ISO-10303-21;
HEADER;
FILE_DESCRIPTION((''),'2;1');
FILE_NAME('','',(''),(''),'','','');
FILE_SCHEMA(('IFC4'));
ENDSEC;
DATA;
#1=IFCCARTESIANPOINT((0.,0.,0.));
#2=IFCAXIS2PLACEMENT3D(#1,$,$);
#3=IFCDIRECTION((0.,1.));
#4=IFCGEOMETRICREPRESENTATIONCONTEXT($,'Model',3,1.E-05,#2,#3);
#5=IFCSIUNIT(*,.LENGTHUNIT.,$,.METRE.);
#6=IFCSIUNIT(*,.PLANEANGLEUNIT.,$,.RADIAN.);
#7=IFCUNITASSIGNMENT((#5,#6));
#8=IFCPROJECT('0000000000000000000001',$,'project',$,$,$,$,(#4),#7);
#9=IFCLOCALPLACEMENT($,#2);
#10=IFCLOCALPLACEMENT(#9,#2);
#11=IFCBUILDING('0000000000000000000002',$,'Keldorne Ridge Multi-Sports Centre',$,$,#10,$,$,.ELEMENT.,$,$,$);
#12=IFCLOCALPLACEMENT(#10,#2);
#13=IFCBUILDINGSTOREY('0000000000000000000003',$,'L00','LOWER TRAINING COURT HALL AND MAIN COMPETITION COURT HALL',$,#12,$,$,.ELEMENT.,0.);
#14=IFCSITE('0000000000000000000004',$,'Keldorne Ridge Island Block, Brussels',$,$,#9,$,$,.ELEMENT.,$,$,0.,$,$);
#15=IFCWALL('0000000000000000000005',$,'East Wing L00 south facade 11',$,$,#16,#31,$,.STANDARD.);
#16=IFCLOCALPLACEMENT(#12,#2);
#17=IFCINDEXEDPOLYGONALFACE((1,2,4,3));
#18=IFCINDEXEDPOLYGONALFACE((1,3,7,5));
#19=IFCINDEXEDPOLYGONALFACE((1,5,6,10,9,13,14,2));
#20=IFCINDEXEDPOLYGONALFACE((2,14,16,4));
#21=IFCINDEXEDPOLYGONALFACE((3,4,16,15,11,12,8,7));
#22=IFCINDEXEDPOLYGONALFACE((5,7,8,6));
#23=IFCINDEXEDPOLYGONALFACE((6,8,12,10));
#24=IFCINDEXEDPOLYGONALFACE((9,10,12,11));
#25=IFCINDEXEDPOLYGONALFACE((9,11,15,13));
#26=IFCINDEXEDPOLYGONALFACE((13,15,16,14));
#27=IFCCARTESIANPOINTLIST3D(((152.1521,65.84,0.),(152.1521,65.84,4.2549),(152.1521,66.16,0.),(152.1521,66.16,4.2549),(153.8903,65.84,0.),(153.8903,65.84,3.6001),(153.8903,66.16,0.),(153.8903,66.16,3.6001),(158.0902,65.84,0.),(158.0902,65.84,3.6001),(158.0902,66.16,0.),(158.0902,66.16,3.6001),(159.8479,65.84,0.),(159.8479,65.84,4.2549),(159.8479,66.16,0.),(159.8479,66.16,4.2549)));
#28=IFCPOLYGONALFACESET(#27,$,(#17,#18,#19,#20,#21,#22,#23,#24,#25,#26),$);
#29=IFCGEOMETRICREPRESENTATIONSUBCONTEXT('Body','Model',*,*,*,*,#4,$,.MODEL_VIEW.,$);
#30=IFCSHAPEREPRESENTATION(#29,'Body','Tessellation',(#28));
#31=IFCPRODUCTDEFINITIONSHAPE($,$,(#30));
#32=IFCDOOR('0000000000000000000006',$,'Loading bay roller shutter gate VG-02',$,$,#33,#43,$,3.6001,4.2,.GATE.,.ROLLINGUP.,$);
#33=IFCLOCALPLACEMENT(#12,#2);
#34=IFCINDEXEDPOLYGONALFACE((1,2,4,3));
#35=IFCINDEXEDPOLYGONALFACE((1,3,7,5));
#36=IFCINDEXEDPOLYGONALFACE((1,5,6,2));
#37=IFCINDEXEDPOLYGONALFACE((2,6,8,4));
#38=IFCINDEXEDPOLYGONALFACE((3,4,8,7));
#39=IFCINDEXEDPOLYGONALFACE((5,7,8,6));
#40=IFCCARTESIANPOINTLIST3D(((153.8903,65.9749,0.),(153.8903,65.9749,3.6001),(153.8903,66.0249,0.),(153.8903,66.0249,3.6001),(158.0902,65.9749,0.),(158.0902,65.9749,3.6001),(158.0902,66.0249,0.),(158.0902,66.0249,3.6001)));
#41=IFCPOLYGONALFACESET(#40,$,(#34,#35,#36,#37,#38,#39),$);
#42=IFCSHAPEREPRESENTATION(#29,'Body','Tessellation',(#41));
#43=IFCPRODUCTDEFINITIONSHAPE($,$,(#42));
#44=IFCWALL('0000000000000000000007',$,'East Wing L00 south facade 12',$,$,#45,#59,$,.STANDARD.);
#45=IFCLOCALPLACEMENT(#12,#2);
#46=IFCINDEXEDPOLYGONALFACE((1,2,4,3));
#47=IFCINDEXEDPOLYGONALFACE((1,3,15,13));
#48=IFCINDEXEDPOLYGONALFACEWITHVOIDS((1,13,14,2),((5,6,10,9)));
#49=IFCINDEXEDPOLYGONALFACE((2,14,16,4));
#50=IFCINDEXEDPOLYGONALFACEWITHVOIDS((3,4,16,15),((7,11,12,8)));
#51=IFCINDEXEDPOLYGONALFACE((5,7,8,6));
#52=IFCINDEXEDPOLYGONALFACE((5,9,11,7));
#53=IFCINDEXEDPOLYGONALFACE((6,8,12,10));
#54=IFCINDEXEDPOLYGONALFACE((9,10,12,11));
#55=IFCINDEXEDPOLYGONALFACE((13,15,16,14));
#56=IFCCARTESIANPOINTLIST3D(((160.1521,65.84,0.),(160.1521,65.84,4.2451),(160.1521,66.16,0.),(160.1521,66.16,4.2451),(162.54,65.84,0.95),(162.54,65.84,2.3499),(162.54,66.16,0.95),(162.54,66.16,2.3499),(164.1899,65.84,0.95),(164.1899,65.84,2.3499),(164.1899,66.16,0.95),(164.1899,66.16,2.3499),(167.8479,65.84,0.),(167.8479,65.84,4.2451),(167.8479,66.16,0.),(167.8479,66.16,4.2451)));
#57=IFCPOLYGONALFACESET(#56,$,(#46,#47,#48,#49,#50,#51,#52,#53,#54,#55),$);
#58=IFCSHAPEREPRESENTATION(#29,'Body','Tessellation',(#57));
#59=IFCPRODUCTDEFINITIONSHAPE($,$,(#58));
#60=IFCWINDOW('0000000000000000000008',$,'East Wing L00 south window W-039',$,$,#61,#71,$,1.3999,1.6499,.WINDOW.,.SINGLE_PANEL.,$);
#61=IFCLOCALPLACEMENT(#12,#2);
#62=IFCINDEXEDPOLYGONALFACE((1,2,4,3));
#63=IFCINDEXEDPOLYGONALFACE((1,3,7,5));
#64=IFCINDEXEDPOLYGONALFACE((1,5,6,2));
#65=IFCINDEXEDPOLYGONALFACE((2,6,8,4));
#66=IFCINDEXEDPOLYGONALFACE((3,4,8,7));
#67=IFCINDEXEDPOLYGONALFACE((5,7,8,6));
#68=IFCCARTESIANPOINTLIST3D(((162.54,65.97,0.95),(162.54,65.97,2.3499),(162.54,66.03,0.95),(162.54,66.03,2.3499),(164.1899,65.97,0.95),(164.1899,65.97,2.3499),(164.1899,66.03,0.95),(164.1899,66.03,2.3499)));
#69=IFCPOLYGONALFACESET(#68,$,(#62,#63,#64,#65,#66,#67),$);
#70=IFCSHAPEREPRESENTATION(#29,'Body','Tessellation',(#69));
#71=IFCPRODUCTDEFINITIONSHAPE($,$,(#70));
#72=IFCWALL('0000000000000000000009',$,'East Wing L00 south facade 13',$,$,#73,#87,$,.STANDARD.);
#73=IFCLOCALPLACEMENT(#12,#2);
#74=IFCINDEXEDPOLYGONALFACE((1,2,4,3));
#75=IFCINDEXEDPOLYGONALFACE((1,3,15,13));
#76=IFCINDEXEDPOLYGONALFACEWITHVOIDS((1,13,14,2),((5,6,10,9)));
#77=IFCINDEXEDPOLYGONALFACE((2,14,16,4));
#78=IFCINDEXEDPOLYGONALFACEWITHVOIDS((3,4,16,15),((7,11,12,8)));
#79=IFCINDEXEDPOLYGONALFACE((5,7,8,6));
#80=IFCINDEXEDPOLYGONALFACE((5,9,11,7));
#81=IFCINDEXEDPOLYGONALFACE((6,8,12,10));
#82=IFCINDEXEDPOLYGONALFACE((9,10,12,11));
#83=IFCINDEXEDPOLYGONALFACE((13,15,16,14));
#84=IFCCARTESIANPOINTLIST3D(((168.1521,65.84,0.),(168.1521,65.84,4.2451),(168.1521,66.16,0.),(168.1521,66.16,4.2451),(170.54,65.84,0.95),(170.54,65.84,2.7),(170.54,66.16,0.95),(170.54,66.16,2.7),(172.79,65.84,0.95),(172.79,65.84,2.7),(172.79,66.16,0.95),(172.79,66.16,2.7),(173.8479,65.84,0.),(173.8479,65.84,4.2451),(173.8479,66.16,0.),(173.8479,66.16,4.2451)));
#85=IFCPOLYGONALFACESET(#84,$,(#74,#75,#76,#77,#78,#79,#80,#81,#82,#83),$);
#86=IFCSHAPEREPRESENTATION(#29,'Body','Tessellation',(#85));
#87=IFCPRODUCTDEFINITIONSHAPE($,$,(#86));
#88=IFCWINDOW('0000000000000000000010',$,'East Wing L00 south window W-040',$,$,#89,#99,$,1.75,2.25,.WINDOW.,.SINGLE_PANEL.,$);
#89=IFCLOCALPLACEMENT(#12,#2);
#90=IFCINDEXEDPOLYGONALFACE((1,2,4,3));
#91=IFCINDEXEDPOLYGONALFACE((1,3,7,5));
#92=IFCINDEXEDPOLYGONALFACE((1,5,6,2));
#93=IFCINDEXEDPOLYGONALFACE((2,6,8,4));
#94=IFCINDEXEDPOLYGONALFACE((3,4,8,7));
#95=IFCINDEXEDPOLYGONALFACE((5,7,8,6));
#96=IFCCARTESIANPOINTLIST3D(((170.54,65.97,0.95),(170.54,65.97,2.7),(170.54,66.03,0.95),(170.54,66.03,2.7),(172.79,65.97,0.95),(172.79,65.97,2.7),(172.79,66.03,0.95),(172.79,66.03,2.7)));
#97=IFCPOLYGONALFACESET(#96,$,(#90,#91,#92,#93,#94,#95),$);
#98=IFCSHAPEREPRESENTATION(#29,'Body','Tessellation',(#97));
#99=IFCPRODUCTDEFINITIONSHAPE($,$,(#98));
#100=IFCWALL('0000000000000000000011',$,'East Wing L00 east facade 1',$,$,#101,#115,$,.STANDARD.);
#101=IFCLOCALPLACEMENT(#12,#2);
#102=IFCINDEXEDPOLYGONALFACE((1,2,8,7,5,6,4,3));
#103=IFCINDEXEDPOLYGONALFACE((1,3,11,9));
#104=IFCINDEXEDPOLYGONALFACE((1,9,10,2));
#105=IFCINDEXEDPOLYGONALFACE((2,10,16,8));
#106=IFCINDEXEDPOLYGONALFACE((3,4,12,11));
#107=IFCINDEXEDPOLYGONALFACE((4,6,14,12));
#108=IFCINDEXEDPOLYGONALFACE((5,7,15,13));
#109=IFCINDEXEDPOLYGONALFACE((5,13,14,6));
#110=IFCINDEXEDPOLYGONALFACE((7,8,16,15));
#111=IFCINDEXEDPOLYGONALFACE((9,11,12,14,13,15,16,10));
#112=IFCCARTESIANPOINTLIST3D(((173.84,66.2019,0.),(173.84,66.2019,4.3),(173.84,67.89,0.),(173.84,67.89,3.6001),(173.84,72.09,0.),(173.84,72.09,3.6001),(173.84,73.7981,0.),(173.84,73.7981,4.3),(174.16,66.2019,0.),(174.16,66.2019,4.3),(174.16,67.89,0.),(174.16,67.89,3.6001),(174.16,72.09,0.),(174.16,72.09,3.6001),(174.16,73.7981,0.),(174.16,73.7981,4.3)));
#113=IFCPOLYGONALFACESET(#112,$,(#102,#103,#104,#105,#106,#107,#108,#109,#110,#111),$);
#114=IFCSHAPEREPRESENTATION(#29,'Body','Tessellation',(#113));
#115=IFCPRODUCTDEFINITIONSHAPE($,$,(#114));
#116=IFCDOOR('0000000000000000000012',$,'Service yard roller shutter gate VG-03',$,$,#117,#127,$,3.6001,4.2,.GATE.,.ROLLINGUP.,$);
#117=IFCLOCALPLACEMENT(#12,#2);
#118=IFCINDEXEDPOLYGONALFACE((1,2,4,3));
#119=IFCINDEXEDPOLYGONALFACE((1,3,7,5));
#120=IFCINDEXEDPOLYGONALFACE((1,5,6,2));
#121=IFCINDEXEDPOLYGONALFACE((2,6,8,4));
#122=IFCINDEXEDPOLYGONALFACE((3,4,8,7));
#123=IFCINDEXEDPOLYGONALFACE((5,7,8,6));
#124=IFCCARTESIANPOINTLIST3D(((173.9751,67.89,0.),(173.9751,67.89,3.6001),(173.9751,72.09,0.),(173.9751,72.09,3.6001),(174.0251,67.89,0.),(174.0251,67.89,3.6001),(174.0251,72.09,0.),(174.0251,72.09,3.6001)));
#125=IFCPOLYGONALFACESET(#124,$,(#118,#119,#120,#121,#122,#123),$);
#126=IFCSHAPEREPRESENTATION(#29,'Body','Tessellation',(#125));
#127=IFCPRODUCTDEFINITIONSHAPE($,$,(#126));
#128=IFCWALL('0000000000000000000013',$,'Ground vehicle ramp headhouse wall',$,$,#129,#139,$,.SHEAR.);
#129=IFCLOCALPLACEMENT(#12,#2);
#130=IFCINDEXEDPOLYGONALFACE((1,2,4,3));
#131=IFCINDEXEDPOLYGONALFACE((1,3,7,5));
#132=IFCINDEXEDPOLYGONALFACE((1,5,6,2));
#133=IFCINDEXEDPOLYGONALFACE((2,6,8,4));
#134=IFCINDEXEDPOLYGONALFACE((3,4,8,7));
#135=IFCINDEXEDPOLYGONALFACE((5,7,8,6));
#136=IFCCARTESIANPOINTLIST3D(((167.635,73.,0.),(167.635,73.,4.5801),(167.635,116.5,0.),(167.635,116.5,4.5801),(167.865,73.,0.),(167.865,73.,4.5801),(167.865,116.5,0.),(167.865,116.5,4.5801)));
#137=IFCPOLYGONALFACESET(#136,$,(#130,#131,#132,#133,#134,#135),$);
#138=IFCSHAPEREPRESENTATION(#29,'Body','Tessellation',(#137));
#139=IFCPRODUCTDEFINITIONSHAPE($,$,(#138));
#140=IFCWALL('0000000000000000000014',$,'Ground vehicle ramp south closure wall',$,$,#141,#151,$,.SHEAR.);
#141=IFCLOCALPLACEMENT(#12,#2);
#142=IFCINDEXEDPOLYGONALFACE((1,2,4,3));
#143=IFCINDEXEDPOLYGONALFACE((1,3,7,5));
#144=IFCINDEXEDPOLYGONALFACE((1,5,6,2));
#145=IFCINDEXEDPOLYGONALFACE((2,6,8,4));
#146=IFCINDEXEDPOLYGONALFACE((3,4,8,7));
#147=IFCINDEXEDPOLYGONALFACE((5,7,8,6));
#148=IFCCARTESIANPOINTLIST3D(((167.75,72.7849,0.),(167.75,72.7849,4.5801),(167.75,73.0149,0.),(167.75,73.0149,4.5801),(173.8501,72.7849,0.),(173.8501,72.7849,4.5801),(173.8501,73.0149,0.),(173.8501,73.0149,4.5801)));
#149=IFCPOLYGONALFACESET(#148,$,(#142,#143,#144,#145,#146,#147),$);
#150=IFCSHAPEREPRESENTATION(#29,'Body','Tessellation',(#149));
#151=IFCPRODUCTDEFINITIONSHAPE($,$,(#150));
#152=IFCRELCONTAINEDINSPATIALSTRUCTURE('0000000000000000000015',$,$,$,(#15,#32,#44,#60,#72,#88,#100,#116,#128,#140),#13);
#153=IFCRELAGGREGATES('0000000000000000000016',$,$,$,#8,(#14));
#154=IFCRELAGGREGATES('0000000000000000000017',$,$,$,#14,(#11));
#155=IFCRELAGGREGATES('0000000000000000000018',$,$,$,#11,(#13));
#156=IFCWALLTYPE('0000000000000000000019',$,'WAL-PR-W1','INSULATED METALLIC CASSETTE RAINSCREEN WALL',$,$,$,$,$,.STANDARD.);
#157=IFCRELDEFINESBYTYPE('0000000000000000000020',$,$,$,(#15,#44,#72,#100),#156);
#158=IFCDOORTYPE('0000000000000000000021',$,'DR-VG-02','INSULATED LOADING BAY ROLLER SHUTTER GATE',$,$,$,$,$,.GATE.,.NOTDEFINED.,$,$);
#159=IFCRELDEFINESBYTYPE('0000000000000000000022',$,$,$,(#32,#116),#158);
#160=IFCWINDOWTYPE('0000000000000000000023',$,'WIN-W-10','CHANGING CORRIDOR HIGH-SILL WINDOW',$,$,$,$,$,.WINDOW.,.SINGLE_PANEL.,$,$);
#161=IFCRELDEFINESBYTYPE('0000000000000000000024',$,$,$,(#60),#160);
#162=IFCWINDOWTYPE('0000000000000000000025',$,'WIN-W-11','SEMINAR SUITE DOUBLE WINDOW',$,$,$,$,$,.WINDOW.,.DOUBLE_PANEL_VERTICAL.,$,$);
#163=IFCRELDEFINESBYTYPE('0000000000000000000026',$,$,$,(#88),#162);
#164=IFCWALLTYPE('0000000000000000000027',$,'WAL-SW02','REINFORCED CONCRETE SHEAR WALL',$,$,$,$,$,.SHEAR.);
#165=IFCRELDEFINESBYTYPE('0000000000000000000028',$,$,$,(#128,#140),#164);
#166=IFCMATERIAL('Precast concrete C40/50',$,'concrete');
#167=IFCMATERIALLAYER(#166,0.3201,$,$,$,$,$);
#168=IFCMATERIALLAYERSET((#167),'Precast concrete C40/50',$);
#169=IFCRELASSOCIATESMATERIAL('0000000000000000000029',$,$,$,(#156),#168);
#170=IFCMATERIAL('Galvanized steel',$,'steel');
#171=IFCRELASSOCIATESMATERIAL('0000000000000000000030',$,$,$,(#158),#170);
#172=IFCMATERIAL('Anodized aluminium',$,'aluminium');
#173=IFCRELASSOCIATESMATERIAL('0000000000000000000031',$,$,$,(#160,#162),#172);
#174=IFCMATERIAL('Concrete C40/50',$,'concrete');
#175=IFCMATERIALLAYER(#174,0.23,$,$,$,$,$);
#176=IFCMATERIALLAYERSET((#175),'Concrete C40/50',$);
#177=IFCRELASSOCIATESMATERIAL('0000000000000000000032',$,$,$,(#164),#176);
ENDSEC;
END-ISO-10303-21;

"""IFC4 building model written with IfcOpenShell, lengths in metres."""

from ifc_helpers import new_model, si_unit, direction, frame, frame_2d, origin, place, context, subcontext, project, spatial, rectangle, extrude, material, layer, layer_set, type_object, element, fill, save


model = new_model("IFC4")

# Units and contexts
model_context = context("Model", 3, precision=1e-05, world=origin(), true_north=direction((0.0, 1.0)))
body_context = subcontext(model_context, "Body", "Model", "MODEL_VIEW")
ifc_project = project(units=[si_unit("LENGTHUNIT", "METRE"), si_unit("PLANEANGLEUNIT", "RADIAN")], contexts=[model_context])

# Site, building, storey
site_placement = place(None, origin())
site = spatial("IfcSite", under=ifc_project, at=site_placement, Name="Keldorne Ridge Island Block, Brussels", CompositionType="ELEMENT", RefElevation=0.0)
building_placement = place(site_placement, origin())
building = spatial("IfcBuilding", under=site, at=building_placement, Name="Keldorne Ridge Multi-Sports Centre", CompositionType="ELEMENT")
storey_placement = place(building_placement, origin())
storey = spatial("IfcBuildingStorey", under=building, at=storey_placement, Name="L00", Description="LOWER TRAINING COURT HALL AND MAIN COMPETITION COURT HALL", CompositionType="ELEMENT", Elevation=0.0)

# Wall, opening, door
ifc_material_1 = material(Name="Precast concrete C40/50", Category="concrete")
ifc_layer_1 = layer(ifc_material_1, 0.3201)
ifc_layer_set_1 = layer_set([ifc_layer_1], Name="Precast concrete C40/50")
wall_type_1 = type_object("IfcWallType", Name="WAL-PR-W1", Description="INSULATED METALLIC CASSETTE RAINSCREEN WALL", PredefinedType="STANDARD", material=ifc_layer_set_1)
wall_1_placement = place(storey_placement, frame((152.1521, 66.0, 0.0), z_axis=(0.0, 0.0, 1.0), x_axis=(1.0, 0.0, 0.0)))
wall_1 = element("IfcWall", 1, at=wall_1_placement, inside=storey, type_object=wall_type_1, Name="East Wing L00 south facade 11", PredefinedType="STANDARD", context=body_context, shape_type="SweptSolid", body=[
    extrude(rectangle(XDim=7.6958, YDim=0.3201, at=frame_2d((3.8479, 0.0))), origin(), (0.0, 0.0, 1.0), 4.2549),
])
opening_1_placement = place(wall_1_placement, frame((1.738, 0.0, 0.0)))
opening_1 = element("IfcOpeningElement", 2, at=opening_1_placement, cuts=wall_1, PredefinedType="OPENING", context=body_context, shape_type="SweptSolid", body=[
    extrude(rectangle(XDim=4.2, YDim=3.6001, at=frame_2d((2.1001, 1.8))), frame((0.0, 0.1699, 0.0), z_axis=(0.0, -1.0, 0.0), x_axis=(1.0, 0.0, 0.0)), (0.0, 0.0, 1.0), 0.3401),
])
ifc_material_2 = material(Name="Galvanized steel", Category="steel")
door_type = type_object("IfcDoorType", Name="DR-VG-02", Description="INSULATED LOADING BAY ROLLER SHUTTER GATE", OperationType="NOTDEFINED", PredefinedType="GATE", material=ifc_material_2)
door_1_placement = place(opening_1_placement, origin())
door_1 = element("IfcDoor", 3, at=door_1_placement, inside=storey, type_object=door_type, Name="Loading bay roller shutter gate VG-02", OperationType="ROLLINGUP", OverallHeight=3.6001, OverallWidth=4.2, PredefinedType="GATE", context=body_context, shape_type="SweptSolid", body=[
    extrude(rectangle(XDim=4.2, YDim=3.6001, at=frame_2d((2.1001, 1.8))), frame((0.0, 0.0249, 0.0), z_axis=(0.0, -1.0, 0.0), x_axis=(1.0, 0.0, 0.0)), (0.0, 0.0, 1.0), 0.05),
])
fill(opening_1, door_1)

# Walls, openings, windows
wall_2_placement = place(storey_placement, frame((160.1521, 66.0, 0.0), z_axis=(0.0, 0.0, 1.0), x_axis=(1.0, 0.0, 0.0)))
wall_2 = element("IfcWall", 4, at=wall_2_placement, inside=storey, type_object=wall_type_1, Name="East Wing L00 south facade 12", PredefinedType="STANDARD", context=body_context, shape_type="SweptSolid", body=[
    extrude(rectangle(XDim=7.6958, YDim=0.3201, at=frame_2d((3.8479, 0.0))), origin(), (0.0, 0.0, 1.0), 4.2451),
])
opening_2_placement = place(wall_2_placement, frame((2.3879, 0.0, 0.95)))
opening_2 = element("IfcOpeningElement", 5, at=opening_2_placement, cuts=wall_2, PredefinedType="OPENING", context=body_context, shape_type="SweptSolid", body=[
    extrude(rectangle(XDim=1.6499, YDim=1.3999, at=frame_2d((0.825, 0.7))), frame((0.0, 0.1699, 0.0), z_axis=(0.0, -1.0, 0.0), x_axis=(1.0, 0.0, 0.0)), (0.0, 0.0, 1.0), 0.3401),
])
ifc_material_3 = material(Name="Anodized aluminium", Category="aluminium")
window_type_1 = type_object("IfcWindowType", Name="WIN-W-10", Description="CHANGING CORRIDOR HIGH-SILL WINDOW", PartitioningType="SINGLE_PANEL", PredefinedType="WINDOW", material=ifc_material_3)
window_1_placement = place(opening_2_placement, origin())
window_1 = element("IfcWindow", 6, at=window_1_placement, inside=storey, type_object=window_type_1, Name="East Wing L00 south window W-039", OverallHeight=1.3999, OverallWidth=1.6499, PartitioningType="SINGLE_PANEL", PredefinedType="WINDOW", context=body_context, shape_type="SweptSolid", body=[
    extrude(rectangle(XDim=1.6499, YDim=1.3999, at=frame_2d((0.825, 0.7))), frame((0.0, 0.03, 0.0), z_axis=(0.0, -1.0, 0.0), x_axis=(1.0, 0.0, 0.0)), (0.0, 0.0, 1.0), 0.0601),
])
fill(opening_2, window_1)
wall_3_placement = place(storey_placement, frame((168.1521, 66.0, 0.0), z_axis=(0.0, 0.0, 1.0), x_axis=(1.0, 0.0, 0.0)))
wall_3 = element("IfcWall", 7, at=wall_3_placement, inside=storey, type_object=wall_type_1, Name="East Wing L00 south facade 13", PredefinedType="STANDARD", context=body_context, shape_type="SweptSolid", body=[
    extrude(rectangle(XDim=5.6958, YDim=0.3201, at=frame_2d((2.8479, 0.0))), origin(), (0.0, 0.0, 1.0), 4.2451),
])
opening_3_placement = place(wall_3_placement, frame((2.3879, 0.0, 0.95)))
opening_3 = element("IfcOpeningElement", 8, at=opening_3_placement, cuts=wall_3, PredefinedType="OPENING", context=body_context, shape_type="SweptSolid", body=[
    extrude(rectangle(XDim=2.25, YDim=1.75, at=frame_2d((1.125, 0.875))), frame((0.0, 0.1699, 0.0), z_axis=(0.0, -1.0, 0.0), x_axis=(1.0, 0.0, 0.0)), (0.0, 0.0, 1.0), 0.3401),
])
window_type_2 = type_object("IfcWindowType", Name="WIN-W-11", Description="SEMINAR SUITE DOUBLE WINDOW", PartitioningType="DOUBLE_PANEL_VERTICAL", PredefinedType="WINDOW", material=ifc_material_3)
window_2_placement = place(opening_3_placement, origin())
window_2 = element("IfcWindow", 9, at=window_2_placement, inside=storey, type_object=window_type_2, Name="East Wing L00 south window W-040", OverallHeight=1.75, OverallWidth=2.25, PartitioningType="SINGLE_PANEL", PredefinedType="WINDOW", context=body_context, shape_type="SweptSolid", body=[
    extrude(rectangle(XDim=2.25, YDim=1.75, at=frame_2d((1.125, 0.875))), frame((0.0, 0.03, 0.0), z_axis=(0.0, -1.0, 0.0), x_axis=(1.0, 0.0, 0.0)), (0.0, 0.0, 1.0), 0.0601),
])
fill(opening_3, window_2)

# Wall, opening, door
wall_4_placement = place(storey_placement, frame((174.0, 66.2019, 0.0), z_axis=(0.0, 0.0, 1.0), x_axis=(0.0, 1.0, 0.0)))
wall_4 = element("IfcWall", 10, at=wall_4_placement, inside=storey, type_object=wall_type_1, Name="East Wing L00 east facade 1", PredefinedType="STANDARD", context=body_context, shape_type="SweptSolid", body=[
    extrude(rectangle(XDim=7.5962, YDim=0.3201, at=frame_2d((3.7981, 0.0))), origin(), (0.0, 0.0, 1.0), 4.3),
])
opening_4_placement = place(wall_4_placement, frame((1.688, 0.0, 0.0)))
opening_4 = element("IfcOpeningElement", 11, at=opening_4_placement, cuts=wall_4, PredefinedType="OPENING", context=body_context, shape_type="SweptSolid", body=[
    extrude(rectangle(XDim=4.2, YDim=3.6001, at=frame_2d((2.1001, 1.8))), frame((0.0, 0.1699, 0.0), z_axis=(0.0, -1.0, 0.0), x_axis=(1.0, 0.0, 0.0)), (0.0, 0.0, 1.0), 0.3401),
])
door_2_placement = place(opening_4_placement, origin())
door_2 = element("IfcDoor", 12, at=door_2_placement, inside=storey, type_object=door_type, Name="Service yard roller shutter gate VG-03", OperationType="ROLLINGUP", OverallHeight=3.6001, OverallWidth=4.2, PredefinedType="GATE", context=body_context, shape_type="SweptSolid", body=[
    extrude(rectangle(XDim=4.2, YDim=3.6001, at=frame_2d((2.1001, 1.8))), frame((0.0, 0.0249, 0.0), z_axis=(0.0, -1.0, 0.0), x_axis=(1.0, 0.0, 0.0)), (0.0, 0.0, 1.0), 0.05),
])
fill(opening_4, door_2)

# Walls
ifc_material_4 = material(Name="Concrete C40/50", Category="concrete")
ifc_layer_2 = layer(ifc_material_4, 0.23)
ifc_layer_set_2 = layer_set([ifc_layer_2], Name="Concrete C40/50")
wall_type_2 = type_object("IfcWallType", Name="WAL-SW02", Description="REINFORCED CONCRETE SHEAR WALL", PredefinedType="SHEAR", material=ifc_layer_set_2)
wall_5_placement = place(storey_placement, frame((167.75, 73.0, 0.0), z_axis=(0.0, 0.0, 1.0), x_axis=(0.0, 1.0, 0.0)))
element("IfcWall", 13, at=wall_5_placement, inside=storey, type_object=wall_type_2, Name="Ground vehicle ramp headhouse wall", PredefinedType="SHEAR", context=body_context, shape_type="SweptSolid", body=[
    extrude(rectangle(XDim=43.5, YDim=0.23, at=frame_2d((21.75, 0.0))), origin(), (0.0, 0.0, 1.0), 4.5801),
])
wall_6_placement = place(storey_placement, frame((167.75, 72.8999, 0.0), z_axis=(0.0, 0.0, 1.0), x_axis=(1.0, 0.0, 0.0)))
element("IfcWall", 14, at=wall_6_placement, inside=storey, type_object=wall_type_2, Name="Ground vehicle ramp south closure wall", PredefinedType="SHEAR", context=body_context, shape_type="SweptSolid", body=[
    extrude(rectangle(XDim=6.1001, YDim=0.23, at=frame_2d((3.05, 0.0))), origin(), (0.0, 0.0, 1.0), 4.5801),
])

save(model, "model.ifc")
